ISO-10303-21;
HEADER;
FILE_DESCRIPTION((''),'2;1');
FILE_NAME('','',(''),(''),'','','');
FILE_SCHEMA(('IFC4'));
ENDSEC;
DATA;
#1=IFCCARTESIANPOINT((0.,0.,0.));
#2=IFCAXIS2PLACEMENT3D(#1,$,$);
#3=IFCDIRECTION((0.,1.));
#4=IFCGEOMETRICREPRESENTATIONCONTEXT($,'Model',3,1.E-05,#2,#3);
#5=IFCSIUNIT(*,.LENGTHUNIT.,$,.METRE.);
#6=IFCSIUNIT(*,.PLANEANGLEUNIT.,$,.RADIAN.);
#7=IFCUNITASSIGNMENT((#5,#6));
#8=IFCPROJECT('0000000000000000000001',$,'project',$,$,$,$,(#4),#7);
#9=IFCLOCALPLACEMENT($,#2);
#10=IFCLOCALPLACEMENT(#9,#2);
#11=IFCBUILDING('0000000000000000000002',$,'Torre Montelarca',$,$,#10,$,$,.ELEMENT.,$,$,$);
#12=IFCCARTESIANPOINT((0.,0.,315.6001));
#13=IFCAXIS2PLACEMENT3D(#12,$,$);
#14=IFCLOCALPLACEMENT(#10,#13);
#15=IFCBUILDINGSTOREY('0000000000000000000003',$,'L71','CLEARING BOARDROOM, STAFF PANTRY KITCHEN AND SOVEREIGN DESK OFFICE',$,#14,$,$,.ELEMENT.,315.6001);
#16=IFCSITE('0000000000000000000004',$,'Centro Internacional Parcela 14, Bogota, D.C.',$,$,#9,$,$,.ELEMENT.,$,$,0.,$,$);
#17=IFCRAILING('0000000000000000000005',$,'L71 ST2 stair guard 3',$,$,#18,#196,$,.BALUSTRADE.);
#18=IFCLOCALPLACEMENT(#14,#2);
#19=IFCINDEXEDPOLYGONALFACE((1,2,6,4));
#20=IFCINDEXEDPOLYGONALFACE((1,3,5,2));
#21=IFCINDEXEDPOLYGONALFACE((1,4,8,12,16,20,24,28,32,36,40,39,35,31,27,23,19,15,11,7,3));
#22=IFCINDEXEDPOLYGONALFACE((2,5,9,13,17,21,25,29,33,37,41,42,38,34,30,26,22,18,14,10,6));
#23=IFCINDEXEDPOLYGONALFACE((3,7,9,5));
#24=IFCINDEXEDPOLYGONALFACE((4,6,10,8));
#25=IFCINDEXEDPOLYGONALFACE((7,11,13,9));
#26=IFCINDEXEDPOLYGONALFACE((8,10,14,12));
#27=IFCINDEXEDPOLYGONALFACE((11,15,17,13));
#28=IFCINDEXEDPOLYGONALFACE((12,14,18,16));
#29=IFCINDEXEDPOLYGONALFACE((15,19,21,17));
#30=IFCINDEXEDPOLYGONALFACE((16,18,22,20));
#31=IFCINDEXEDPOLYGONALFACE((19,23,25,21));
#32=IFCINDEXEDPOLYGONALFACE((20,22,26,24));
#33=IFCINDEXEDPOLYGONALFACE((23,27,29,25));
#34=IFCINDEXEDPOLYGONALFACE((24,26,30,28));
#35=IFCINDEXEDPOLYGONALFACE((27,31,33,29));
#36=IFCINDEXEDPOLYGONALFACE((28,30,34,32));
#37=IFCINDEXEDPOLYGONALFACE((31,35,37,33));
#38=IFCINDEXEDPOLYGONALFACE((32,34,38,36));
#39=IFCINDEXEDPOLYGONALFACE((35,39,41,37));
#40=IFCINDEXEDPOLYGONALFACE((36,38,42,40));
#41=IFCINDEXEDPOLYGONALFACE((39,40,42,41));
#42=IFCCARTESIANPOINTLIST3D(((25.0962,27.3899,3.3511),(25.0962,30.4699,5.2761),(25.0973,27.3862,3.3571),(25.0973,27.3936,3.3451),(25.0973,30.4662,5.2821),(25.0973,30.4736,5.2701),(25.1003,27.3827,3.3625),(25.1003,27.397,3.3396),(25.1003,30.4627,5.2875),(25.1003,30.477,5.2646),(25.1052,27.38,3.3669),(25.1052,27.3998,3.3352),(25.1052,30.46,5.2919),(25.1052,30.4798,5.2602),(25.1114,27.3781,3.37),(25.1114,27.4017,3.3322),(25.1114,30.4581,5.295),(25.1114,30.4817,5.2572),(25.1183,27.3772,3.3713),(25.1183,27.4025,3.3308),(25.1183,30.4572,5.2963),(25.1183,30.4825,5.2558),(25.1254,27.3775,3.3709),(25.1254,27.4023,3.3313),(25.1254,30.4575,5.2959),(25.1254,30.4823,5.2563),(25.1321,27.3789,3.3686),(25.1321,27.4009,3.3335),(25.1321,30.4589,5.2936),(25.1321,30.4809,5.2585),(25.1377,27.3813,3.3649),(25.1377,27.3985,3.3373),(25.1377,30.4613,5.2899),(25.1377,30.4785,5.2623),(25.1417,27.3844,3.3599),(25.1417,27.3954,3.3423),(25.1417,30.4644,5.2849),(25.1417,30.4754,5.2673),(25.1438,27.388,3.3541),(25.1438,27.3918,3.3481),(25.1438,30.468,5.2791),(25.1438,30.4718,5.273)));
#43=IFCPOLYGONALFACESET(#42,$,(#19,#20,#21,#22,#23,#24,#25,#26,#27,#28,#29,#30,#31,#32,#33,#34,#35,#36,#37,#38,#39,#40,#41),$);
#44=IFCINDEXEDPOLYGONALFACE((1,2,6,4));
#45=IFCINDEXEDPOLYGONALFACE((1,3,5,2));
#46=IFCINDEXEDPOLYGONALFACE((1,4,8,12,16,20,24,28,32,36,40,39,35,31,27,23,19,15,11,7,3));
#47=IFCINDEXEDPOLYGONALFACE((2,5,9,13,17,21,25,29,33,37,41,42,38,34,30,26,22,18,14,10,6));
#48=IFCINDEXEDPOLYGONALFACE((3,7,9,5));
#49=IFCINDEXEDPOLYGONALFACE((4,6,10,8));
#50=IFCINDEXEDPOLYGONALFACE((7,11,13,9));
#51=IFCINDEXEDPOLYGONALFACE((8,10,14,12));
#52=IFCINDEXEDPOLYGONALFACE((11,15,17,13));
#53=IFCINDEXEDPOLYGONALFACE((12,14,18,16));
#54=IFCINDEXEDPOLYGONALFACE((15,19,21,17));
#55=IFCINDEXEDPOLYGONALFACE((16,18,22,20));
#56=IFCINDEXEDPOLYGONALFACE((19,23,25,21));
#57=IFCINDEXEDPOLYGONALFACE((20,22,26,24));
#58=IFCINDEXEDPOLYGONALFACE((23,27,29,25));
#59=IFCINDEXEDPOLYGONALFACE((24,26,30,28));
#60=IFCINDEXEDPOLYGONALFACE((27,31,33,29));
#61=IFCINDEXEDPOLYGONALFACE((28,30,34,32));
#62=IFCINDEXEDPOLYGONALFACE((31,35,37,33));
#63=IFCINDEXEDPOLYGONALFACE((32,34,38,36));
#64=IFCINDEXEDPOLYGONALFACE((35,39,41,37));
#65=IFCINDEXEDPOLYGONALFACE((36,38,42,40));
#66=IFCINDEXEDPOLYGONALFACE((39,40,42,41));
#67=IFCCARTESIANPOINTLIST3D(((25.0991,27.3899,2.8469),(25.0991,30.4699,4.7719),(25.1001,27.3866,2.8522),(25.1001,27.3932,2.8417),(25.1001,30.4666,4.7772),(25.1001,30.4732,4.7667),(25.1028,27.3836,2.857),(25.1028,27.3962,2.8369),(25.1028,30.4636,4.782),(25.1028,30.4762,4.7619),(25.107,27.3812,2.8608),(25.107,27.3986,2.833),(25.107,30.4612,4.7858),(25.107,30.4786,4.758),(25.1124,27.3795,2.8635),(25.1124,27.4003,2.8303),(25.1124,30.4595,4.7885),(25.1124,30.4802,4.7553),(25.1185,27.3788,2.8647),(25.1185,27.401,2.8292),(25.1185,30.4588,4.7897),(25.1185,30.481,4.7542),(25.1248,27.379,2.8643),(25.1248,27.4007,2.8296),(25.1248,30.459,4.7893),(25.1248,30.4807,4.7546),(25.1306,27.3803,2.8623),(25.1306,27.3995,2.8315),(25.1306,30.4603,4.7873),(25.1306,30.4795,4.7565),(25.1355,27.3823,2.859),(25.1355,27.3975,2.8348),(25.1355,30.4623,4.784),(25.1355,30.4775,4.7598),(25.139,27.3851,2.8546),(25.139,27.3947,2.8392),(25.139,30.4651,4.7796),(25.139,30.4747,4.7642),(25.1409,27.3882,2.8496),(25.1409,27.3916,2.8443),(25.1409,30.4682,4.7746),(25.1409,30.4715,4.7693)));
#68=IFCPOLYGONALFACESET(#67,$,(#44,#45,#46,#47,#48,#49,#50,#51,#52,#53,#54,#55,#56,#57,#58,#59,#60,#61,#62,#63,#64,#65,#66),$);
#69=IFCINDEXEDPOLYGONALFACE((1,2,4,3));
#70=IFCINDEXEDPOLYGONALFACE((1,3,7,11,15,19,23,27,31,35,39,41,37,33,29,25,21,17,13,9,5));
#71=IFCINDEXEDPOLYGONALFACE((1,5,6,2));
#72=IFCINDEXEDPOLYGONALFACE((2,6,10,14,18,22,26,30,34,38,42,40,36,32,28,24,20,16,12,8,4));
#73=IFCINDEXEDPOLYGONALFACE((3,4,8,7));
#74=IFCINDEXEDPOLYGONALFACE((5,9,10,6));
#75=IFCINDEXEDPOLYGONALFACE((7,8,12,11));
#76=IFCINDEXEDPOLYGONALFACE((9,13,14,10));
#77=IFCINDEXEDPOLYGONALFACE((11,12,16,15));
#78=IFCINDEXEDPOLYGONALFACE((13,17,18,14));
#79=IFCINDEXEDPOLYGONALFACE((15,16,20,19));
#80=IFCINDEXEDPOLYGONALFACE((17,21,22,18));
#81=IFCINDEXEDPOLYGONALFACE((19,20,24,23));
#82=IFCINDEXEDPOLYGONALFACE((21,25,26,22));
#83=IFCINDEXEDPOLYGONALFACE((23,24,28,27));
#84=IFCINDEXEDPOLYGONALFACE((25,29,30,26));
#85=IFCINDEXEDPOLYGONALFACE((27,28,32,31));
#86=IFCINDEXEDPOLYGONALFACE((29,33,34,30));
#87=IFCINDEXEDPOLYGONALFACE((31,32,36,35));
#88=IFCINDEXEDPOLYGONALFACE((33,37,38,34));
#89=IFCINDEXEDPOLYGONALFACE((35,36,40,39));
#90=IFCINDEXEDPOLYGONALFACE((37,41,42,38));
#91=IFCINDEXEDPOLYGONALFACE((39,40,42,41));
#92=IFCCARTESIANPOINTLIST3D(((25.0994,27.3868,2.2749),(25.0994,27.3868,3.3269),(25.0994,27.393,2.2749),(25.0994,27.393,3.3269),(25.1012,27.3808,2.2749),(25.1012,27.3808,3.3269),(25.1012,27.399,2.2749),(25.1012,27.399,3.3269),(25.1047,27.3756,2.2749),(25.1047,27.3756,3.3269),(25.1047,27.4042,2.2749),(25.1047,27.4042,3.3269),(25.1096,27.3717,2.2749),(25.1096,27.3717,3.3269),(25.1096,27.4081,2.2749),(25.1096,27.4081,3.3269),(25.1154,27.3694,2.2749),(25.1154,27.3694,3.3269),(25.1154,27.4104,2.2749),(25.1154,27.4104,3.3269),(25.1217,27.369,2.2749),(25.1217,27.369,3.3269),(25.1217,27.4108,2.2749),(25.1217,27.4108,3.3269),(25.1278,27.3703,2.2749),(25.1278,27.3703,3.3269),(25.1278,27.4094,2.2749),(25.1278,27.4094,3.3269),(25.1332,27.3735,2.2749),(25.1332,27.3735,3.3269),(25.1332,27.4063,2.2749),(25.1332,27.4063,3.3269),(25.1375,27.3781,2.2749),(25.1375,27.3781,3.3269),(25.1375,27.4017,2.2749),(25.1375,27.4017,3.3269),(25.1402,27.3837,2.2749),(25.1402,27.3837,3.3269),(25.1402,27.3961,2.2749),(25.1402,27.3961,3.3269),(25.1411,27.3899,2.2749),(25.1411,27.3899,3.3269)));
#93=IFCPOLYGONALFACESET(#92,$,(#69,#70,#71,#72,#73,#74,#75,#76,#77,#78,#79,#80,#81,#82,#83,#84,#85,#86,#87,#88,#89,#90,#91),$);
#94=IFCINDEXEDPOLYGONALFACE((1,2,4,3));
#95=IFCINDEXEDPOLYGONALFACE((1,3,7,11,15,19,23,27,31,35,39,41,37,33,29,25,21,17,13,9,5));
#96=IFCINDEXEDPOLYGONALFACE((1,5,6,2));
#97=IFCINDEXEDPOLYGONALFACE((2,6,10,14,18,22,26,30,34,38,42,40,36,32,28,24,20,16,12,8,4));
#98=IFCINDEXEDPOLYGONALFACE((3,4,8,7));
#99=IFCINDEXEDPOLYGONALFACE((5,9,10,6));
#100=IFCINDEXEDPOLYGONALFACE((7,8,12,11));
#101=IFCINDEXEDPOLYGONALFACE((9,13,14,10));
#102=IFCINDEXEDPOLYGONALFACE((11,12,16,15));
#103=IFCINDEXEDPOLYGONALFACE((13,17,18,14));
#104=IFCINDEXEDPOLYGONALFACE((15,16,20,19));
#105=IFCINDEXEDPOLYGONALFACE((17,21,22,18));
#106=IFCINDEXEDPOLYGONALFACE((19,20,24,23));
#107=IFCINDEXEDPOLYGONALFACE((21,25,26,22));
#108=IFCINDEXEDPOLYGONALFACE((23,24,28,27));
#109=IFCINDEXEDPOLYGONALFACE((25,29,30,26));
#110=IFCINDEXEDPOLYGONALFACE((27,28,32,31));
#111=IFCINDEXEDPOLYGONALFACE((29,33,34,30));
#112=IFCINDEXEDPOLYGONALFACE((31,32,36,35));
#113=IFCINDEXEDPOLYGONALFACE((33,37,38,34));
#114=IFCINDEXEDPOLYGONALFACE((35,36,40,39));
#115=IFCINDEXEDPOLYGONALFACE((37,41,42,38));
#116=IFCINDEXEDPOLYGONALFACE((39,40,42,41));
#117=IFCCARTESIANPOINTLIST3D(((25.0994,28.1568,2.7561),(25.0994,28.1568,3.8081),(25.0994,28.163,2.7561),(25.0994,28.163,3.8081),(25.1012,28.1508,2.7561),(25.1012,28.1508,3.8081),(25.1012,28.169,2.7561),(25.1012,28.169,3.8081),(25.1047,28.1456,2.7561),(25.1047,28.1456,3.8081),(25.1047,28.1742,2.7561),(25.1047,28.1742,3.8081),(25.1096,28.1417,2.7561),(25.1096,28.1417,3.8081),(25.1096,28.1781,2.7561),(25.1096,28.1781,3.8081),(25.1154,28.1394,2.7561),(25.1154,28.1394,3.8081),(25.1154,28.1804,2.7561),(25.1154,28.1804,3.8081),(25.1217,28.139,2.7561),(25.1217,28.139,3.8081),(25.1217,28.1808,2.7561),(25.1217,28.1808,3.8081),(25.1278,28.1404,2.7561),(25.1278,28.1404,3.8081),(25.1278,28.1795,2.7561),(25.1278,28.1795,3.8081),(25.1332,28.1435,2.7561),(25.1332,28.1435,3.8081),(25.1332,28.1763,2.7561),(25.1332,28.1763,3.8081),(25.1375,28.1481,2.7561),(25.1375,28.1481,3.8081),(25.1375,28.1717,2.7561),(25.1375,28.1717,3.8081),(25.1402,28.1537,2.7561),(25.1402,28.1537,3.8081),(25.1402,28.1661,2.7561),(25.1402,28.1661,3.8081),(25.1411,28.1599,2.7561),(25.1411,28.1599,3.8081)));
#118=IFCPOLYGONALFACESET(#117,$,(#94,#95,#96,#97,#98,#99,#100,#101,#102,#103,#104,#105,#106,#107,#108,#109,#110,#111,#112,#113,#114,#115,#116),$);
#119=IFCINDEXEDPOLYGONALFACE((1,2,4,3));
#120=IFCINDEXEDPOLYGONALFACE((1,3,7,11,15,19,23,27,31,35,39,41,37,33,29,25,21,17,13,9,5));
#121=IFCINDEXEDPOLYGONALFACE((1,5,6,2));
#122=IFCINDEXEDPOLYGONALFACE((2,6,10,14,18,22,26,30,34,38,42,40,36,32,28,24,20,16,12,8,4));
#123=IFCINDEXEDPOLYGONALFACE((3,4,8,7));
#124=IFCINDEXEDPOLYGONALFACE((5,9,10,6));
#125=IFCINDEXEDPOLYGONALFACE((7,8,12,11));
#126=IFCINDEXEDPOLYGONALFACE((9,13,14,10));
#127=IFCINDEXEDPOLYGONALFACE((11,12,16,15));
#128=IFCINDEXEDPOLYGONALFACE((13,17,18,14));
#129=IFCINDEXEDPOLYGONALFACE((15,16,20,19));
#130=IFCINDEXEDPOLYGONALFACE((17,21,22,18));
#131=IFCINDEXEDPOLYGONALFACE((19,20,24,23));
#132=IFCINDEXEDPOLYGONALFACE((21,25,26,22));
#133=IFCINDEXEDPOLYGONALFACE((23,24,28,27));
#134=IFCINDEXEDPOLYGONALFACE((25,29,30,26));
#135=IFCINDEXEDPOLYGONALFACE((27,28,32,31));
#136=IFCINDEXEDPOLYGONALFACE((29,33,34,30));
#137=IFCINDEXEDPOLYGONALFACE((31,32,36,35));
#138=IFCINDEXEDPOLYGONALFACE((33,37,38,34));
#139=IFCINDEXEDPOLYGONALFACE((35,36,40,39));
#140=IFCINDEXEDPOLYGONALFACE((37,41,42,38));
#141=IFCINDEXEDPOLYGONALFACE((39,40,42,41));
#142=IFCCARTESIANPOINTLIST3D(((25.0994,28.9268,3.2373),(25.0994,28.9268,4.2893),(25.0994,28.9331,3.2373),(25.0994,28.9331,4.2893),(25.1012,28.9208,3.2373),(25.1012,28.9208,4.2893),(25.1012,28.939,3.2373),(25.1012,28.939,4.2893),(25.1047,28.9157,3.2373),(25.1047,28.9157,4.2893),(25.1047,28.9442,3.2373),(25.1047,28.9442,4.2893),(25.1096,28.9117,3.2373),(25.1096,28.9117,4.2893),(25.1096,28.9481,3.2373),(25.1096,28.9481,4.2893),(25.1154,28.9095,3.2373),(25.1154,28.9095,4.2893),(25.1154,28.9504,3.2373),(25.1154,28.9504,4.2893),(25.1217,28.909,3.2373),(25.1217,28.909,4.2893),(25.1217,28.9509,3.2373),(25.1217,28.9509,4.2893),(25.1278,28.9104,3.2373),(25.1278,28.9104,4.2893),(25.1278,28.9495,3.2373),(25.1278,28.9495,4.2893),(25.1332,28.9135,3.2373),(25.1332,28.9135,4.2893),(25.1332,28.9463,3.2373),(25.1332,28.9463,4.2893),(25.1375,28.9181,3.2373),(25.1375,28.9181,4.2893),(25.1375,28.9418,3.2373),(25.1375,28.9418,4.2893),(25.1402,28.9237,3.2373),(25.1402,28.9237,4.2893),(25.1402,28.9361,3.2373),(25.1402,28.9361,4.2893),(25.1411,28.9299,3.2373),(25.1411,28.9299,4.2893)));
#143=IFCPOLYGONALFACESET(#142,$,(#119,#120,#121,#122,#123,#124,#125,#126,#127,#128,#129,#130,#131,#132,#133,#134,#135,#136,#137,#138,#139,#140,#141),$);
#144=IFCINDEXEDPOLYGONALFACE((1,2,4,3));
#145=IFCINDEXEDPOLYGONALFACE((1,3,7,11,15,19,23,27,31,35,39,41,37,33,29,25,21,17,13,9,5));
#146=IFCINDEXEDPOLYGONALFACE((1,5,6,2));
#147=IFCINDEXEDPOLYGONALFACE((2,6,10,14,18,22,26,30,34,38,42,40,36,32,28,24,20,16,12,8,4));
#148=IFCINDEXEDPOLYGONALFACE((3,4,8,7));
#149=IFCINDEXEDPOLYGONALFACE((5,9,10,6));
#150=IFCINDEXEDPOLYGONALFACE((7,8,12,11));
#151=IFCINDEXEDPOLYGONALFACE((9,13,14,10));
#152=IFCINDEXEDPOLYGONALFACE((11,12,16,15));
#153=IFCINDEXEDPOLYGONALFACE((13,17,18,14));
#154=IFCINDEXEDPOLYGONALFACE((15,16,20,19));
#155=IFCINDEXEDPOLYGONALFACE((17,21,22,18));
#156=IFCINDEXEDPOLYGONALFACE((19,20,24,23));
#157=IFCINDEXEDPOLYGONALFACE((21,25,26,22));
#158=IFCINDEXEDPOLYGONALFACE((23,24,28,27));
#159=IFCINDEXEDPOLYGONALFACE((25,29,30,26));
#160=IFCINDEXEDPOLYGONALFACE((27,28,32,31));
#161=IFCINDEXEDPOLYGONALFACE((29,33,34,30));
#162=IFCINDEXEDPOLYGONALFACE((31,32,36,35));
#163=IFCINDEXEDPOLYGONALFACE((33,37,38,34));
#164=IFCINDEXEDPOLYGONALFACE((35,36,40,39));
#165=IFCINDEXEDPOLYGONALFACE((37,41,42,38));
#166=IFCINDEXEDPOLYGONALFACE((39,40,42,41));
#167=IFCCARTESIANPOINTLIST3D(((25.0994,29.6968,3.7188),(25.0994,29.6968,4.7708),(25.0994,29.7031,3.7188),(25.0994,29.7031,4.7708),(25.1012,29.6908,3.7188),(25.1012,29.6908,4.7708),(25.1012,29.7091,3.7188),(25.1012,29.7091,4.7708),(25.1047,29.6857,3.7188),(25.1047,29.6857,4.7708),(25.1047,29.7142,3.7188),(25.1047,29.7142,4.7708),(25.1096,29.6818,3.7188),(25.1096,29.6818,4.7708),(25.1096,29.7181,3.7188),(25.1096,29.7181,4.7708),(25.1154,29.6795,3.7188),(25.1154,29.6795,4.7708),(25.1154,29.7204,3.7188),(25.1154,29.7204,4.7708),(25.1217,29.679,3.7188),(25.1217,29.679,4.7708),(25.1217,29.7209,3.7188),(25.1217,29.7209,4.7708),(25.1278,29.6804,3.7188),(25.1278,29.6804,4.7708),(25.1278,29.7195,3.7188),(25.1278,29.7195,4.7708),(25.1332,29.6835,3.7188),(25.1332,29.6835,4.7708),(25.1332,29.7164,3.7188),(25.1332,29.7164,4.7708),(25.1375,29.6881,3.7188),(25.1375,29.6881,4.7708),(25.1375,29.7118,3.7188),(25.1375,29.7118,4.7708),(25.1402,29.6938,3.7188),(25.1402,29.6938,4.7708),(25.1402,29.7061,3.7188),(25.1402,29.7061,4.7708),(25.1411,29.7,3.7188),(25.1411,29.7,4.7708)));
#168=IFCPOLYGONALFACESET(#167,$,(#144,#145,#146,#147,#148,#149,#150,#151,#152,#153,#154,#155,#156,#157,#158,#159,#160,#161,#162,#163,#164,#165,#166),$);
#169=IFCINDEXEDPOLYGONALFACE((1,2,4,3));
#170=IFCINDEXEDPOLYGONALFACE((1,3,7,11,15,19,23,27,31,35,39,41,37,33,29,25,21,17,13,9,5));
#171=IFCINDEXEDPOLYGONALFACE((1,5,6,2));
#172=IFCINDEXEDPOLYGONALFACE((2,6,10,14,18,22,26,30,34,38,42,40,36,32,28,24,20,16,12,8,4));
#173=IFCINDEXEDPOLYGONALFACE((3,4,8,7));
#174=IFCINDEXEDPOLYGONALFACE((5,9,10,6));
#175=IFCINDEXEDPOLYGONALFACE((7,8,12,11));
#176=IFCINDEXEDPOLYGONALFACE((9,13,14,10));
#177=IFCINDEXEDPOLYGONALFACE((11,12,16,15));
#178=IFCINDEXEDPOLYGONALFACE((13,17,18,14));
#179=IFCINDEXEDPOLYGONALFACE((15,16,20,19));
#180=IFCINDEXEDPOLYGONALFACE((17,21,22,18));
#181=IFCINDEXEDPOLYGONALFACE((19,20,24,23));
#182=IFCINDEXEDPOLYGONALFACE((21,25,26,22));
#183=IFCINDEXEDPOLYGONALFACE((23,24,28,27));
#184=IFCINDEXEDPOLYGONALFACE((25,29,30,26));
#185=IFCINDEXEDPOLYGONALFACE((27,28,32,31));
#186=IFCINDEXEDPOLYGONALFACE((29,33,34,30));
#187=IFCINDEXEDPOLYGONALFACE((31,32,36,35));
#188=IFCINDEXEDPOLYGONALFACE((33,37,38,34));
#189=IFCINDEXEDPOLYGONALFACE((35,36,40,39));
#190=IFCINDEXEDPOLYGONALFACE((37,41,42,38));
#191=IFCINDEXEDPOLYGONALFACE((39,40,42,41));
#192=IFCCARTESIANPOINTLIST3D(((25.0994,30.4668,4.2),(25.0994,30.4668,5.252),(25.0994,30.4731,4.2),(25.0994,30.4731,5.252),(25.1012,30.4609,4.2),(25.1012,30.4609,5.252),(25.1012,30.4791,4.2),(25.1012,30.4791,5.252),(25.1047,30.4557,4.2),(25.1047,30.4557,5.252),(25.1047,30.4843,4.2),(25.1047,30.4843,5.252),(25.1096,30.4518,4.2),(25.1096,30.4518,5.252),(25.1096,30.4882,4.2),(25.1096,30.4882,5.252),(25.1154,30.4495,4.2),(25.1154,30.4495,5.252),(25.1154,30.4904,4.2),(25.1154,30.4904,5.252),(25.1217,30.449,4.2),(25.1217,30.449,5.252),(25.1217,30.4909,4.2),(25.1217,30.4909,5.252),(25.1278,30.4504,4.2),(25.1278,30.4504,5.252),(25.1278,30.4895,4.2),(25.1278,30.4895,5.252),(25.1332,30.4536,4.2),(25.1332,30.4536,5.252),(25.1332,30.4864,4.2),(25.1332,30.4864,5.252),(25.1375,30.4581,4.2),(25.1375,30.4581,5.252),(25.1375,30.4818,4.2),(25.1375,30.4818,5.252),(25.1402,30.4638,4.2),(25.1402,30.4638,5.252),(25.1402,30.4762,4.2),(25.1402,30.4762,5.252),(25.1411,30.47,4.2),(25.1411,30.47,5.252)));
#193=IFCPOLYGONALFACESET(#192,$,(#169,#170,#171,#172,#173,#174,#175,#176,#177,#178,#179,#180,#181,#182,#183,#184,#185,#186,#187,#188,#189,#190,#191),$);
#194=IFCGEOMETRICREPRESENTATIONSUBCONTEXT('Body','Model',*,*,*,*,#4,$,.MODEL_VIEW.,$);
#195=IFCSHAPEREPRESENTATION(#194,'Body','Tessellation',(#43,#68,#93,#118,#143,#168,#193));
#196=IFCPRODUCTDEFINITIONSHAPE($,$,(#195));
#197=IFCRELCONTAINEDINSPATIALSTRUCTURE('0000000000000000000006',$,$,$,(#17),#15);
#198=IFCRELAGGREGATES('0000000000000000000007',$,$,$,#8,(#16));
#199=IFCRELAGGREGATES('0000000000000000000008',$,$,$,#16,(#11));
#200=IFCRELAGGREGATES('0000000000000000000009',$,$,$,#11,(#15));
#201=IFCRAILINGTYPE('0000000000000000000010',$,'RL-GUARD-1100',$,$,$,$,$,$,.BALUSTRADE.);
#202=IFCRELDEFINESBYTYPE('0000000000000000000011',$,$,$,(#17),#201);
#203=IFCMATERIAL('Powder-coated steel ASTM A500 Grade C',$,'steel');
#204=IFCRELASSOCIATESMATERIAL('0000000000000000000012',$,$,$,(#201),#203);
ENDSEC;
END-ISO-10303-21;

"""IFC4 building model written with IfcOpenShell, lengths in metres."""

from ifc_helpers import new_model, si_unit, direction, frame, origin, origin_2d, place, context, subcontext, project, spatial, circle, extrude, material, type_object, element, save


model = new_model("IFC4")

# Units and contexts
model_context = context("Model", 3, precision=1e-05, world=origin(), true_north=direction((0.0, 1.0)))
body_context = subcontext(model_context, "Body", "Model", "MODEL_VIEW")
ifc_project = project(units=[si_unit("LENGTHUNIT", "METRE"), si_unit("PLANEANGLEUNIT", "RADIAN")], contexts=[model_context])

# Site, building, storey
site_placement = place(None, origin())
site = spatial("IfcSite", under=ifc_project, at=site_placement, Name="Centro Internacional Parcela 14, Bogota, D.C.", CompositionType="ELEMENT", RefElevation=0.0)
building_placement = place(site_placement, origin())
building = spatial("IfcBuilding", under=site, at=building_placement, Name="Torre Montelarca", CompositionType="ELEMENT")
storey_placement = place(building_placement, frame((0.0, 0.0, 315.6001)))
storey = spatial("IfcBuildingStorey", under=building, at=storey_placement, Name="L71", Description="CLEARING BOARDROOM, STAFF PANTRY KITCHEN AND SOVEREIGN DESK OFFICE", CompositionType="ELEMENT", Elevation=315.6001)

# Railing
ifc_material_1 = material(Name="Powder-coated steel ASTM A500 Grade C", Category="steel")
railing_type_1 = type_object("IfcRailingType", Name="RL-GUARD-1100", PredefinedType="BALUSTRADE", material=ifc_material_1)
railing_1_placement = place(storey_placement, frame((25.1201, 27.3899, 2.2749)))
element("IfcRailing", 1, at=railing_1_placement, inside=storey, type_object=railing_type_1, Name="L71 ST2 stair guard 3", PredefinedType="BALUSTRADE", context=body_context, shape_type="SweptSolid", body=[
    extrude(circle(Radius=0.0239, at=origin_2d()), frame((0.0, 0.0, 1.0762), z_axis=(0.0, 0.847998, 0.529999), x_axis=(-1.0, 0.0, 0.0)), (0.0, 0.0, 1.0), 3.6321),
    extrude(circle(Radius=0.021, at=origin_2d()), frame((0.0, 0.0, 0.572), z_axis=(0.0, 0.847998, 0.529999), x_axis=(-1.0, 0.0, 0.0)), (0.0, 0.0, 1.0), 3.6321),
    extrude(circle(Radius=0.021, at=origin_2d()), origin(), (0.0, 0.0, 1.0), 1.052),
    extrude(circle(Radius=0.021, at=origin_2d()), frame((0.0, 0.77, 0.4812)), (0.0, 0.0, 1.0), 1.052),
    extrude(circle(Radius=0.021, at=origin_2d()), frame((0.0, 1.54, 0.9624)), (0.0, 0.0, 1.0), 1.052),
    extrude(circle(Radius=0.021, at=origin_2d()), frame((0.0, 2.3101, 1.4438)), (0.0, 0.0, 1.0), 1.052),
    extrude(circle(Radius=0.021, at=origin_2d()), frame((0.0, 3.0801, 1.925)), (0.0, 0.0, 1.0), 1.052),
])

save(model, "model.ifc")
